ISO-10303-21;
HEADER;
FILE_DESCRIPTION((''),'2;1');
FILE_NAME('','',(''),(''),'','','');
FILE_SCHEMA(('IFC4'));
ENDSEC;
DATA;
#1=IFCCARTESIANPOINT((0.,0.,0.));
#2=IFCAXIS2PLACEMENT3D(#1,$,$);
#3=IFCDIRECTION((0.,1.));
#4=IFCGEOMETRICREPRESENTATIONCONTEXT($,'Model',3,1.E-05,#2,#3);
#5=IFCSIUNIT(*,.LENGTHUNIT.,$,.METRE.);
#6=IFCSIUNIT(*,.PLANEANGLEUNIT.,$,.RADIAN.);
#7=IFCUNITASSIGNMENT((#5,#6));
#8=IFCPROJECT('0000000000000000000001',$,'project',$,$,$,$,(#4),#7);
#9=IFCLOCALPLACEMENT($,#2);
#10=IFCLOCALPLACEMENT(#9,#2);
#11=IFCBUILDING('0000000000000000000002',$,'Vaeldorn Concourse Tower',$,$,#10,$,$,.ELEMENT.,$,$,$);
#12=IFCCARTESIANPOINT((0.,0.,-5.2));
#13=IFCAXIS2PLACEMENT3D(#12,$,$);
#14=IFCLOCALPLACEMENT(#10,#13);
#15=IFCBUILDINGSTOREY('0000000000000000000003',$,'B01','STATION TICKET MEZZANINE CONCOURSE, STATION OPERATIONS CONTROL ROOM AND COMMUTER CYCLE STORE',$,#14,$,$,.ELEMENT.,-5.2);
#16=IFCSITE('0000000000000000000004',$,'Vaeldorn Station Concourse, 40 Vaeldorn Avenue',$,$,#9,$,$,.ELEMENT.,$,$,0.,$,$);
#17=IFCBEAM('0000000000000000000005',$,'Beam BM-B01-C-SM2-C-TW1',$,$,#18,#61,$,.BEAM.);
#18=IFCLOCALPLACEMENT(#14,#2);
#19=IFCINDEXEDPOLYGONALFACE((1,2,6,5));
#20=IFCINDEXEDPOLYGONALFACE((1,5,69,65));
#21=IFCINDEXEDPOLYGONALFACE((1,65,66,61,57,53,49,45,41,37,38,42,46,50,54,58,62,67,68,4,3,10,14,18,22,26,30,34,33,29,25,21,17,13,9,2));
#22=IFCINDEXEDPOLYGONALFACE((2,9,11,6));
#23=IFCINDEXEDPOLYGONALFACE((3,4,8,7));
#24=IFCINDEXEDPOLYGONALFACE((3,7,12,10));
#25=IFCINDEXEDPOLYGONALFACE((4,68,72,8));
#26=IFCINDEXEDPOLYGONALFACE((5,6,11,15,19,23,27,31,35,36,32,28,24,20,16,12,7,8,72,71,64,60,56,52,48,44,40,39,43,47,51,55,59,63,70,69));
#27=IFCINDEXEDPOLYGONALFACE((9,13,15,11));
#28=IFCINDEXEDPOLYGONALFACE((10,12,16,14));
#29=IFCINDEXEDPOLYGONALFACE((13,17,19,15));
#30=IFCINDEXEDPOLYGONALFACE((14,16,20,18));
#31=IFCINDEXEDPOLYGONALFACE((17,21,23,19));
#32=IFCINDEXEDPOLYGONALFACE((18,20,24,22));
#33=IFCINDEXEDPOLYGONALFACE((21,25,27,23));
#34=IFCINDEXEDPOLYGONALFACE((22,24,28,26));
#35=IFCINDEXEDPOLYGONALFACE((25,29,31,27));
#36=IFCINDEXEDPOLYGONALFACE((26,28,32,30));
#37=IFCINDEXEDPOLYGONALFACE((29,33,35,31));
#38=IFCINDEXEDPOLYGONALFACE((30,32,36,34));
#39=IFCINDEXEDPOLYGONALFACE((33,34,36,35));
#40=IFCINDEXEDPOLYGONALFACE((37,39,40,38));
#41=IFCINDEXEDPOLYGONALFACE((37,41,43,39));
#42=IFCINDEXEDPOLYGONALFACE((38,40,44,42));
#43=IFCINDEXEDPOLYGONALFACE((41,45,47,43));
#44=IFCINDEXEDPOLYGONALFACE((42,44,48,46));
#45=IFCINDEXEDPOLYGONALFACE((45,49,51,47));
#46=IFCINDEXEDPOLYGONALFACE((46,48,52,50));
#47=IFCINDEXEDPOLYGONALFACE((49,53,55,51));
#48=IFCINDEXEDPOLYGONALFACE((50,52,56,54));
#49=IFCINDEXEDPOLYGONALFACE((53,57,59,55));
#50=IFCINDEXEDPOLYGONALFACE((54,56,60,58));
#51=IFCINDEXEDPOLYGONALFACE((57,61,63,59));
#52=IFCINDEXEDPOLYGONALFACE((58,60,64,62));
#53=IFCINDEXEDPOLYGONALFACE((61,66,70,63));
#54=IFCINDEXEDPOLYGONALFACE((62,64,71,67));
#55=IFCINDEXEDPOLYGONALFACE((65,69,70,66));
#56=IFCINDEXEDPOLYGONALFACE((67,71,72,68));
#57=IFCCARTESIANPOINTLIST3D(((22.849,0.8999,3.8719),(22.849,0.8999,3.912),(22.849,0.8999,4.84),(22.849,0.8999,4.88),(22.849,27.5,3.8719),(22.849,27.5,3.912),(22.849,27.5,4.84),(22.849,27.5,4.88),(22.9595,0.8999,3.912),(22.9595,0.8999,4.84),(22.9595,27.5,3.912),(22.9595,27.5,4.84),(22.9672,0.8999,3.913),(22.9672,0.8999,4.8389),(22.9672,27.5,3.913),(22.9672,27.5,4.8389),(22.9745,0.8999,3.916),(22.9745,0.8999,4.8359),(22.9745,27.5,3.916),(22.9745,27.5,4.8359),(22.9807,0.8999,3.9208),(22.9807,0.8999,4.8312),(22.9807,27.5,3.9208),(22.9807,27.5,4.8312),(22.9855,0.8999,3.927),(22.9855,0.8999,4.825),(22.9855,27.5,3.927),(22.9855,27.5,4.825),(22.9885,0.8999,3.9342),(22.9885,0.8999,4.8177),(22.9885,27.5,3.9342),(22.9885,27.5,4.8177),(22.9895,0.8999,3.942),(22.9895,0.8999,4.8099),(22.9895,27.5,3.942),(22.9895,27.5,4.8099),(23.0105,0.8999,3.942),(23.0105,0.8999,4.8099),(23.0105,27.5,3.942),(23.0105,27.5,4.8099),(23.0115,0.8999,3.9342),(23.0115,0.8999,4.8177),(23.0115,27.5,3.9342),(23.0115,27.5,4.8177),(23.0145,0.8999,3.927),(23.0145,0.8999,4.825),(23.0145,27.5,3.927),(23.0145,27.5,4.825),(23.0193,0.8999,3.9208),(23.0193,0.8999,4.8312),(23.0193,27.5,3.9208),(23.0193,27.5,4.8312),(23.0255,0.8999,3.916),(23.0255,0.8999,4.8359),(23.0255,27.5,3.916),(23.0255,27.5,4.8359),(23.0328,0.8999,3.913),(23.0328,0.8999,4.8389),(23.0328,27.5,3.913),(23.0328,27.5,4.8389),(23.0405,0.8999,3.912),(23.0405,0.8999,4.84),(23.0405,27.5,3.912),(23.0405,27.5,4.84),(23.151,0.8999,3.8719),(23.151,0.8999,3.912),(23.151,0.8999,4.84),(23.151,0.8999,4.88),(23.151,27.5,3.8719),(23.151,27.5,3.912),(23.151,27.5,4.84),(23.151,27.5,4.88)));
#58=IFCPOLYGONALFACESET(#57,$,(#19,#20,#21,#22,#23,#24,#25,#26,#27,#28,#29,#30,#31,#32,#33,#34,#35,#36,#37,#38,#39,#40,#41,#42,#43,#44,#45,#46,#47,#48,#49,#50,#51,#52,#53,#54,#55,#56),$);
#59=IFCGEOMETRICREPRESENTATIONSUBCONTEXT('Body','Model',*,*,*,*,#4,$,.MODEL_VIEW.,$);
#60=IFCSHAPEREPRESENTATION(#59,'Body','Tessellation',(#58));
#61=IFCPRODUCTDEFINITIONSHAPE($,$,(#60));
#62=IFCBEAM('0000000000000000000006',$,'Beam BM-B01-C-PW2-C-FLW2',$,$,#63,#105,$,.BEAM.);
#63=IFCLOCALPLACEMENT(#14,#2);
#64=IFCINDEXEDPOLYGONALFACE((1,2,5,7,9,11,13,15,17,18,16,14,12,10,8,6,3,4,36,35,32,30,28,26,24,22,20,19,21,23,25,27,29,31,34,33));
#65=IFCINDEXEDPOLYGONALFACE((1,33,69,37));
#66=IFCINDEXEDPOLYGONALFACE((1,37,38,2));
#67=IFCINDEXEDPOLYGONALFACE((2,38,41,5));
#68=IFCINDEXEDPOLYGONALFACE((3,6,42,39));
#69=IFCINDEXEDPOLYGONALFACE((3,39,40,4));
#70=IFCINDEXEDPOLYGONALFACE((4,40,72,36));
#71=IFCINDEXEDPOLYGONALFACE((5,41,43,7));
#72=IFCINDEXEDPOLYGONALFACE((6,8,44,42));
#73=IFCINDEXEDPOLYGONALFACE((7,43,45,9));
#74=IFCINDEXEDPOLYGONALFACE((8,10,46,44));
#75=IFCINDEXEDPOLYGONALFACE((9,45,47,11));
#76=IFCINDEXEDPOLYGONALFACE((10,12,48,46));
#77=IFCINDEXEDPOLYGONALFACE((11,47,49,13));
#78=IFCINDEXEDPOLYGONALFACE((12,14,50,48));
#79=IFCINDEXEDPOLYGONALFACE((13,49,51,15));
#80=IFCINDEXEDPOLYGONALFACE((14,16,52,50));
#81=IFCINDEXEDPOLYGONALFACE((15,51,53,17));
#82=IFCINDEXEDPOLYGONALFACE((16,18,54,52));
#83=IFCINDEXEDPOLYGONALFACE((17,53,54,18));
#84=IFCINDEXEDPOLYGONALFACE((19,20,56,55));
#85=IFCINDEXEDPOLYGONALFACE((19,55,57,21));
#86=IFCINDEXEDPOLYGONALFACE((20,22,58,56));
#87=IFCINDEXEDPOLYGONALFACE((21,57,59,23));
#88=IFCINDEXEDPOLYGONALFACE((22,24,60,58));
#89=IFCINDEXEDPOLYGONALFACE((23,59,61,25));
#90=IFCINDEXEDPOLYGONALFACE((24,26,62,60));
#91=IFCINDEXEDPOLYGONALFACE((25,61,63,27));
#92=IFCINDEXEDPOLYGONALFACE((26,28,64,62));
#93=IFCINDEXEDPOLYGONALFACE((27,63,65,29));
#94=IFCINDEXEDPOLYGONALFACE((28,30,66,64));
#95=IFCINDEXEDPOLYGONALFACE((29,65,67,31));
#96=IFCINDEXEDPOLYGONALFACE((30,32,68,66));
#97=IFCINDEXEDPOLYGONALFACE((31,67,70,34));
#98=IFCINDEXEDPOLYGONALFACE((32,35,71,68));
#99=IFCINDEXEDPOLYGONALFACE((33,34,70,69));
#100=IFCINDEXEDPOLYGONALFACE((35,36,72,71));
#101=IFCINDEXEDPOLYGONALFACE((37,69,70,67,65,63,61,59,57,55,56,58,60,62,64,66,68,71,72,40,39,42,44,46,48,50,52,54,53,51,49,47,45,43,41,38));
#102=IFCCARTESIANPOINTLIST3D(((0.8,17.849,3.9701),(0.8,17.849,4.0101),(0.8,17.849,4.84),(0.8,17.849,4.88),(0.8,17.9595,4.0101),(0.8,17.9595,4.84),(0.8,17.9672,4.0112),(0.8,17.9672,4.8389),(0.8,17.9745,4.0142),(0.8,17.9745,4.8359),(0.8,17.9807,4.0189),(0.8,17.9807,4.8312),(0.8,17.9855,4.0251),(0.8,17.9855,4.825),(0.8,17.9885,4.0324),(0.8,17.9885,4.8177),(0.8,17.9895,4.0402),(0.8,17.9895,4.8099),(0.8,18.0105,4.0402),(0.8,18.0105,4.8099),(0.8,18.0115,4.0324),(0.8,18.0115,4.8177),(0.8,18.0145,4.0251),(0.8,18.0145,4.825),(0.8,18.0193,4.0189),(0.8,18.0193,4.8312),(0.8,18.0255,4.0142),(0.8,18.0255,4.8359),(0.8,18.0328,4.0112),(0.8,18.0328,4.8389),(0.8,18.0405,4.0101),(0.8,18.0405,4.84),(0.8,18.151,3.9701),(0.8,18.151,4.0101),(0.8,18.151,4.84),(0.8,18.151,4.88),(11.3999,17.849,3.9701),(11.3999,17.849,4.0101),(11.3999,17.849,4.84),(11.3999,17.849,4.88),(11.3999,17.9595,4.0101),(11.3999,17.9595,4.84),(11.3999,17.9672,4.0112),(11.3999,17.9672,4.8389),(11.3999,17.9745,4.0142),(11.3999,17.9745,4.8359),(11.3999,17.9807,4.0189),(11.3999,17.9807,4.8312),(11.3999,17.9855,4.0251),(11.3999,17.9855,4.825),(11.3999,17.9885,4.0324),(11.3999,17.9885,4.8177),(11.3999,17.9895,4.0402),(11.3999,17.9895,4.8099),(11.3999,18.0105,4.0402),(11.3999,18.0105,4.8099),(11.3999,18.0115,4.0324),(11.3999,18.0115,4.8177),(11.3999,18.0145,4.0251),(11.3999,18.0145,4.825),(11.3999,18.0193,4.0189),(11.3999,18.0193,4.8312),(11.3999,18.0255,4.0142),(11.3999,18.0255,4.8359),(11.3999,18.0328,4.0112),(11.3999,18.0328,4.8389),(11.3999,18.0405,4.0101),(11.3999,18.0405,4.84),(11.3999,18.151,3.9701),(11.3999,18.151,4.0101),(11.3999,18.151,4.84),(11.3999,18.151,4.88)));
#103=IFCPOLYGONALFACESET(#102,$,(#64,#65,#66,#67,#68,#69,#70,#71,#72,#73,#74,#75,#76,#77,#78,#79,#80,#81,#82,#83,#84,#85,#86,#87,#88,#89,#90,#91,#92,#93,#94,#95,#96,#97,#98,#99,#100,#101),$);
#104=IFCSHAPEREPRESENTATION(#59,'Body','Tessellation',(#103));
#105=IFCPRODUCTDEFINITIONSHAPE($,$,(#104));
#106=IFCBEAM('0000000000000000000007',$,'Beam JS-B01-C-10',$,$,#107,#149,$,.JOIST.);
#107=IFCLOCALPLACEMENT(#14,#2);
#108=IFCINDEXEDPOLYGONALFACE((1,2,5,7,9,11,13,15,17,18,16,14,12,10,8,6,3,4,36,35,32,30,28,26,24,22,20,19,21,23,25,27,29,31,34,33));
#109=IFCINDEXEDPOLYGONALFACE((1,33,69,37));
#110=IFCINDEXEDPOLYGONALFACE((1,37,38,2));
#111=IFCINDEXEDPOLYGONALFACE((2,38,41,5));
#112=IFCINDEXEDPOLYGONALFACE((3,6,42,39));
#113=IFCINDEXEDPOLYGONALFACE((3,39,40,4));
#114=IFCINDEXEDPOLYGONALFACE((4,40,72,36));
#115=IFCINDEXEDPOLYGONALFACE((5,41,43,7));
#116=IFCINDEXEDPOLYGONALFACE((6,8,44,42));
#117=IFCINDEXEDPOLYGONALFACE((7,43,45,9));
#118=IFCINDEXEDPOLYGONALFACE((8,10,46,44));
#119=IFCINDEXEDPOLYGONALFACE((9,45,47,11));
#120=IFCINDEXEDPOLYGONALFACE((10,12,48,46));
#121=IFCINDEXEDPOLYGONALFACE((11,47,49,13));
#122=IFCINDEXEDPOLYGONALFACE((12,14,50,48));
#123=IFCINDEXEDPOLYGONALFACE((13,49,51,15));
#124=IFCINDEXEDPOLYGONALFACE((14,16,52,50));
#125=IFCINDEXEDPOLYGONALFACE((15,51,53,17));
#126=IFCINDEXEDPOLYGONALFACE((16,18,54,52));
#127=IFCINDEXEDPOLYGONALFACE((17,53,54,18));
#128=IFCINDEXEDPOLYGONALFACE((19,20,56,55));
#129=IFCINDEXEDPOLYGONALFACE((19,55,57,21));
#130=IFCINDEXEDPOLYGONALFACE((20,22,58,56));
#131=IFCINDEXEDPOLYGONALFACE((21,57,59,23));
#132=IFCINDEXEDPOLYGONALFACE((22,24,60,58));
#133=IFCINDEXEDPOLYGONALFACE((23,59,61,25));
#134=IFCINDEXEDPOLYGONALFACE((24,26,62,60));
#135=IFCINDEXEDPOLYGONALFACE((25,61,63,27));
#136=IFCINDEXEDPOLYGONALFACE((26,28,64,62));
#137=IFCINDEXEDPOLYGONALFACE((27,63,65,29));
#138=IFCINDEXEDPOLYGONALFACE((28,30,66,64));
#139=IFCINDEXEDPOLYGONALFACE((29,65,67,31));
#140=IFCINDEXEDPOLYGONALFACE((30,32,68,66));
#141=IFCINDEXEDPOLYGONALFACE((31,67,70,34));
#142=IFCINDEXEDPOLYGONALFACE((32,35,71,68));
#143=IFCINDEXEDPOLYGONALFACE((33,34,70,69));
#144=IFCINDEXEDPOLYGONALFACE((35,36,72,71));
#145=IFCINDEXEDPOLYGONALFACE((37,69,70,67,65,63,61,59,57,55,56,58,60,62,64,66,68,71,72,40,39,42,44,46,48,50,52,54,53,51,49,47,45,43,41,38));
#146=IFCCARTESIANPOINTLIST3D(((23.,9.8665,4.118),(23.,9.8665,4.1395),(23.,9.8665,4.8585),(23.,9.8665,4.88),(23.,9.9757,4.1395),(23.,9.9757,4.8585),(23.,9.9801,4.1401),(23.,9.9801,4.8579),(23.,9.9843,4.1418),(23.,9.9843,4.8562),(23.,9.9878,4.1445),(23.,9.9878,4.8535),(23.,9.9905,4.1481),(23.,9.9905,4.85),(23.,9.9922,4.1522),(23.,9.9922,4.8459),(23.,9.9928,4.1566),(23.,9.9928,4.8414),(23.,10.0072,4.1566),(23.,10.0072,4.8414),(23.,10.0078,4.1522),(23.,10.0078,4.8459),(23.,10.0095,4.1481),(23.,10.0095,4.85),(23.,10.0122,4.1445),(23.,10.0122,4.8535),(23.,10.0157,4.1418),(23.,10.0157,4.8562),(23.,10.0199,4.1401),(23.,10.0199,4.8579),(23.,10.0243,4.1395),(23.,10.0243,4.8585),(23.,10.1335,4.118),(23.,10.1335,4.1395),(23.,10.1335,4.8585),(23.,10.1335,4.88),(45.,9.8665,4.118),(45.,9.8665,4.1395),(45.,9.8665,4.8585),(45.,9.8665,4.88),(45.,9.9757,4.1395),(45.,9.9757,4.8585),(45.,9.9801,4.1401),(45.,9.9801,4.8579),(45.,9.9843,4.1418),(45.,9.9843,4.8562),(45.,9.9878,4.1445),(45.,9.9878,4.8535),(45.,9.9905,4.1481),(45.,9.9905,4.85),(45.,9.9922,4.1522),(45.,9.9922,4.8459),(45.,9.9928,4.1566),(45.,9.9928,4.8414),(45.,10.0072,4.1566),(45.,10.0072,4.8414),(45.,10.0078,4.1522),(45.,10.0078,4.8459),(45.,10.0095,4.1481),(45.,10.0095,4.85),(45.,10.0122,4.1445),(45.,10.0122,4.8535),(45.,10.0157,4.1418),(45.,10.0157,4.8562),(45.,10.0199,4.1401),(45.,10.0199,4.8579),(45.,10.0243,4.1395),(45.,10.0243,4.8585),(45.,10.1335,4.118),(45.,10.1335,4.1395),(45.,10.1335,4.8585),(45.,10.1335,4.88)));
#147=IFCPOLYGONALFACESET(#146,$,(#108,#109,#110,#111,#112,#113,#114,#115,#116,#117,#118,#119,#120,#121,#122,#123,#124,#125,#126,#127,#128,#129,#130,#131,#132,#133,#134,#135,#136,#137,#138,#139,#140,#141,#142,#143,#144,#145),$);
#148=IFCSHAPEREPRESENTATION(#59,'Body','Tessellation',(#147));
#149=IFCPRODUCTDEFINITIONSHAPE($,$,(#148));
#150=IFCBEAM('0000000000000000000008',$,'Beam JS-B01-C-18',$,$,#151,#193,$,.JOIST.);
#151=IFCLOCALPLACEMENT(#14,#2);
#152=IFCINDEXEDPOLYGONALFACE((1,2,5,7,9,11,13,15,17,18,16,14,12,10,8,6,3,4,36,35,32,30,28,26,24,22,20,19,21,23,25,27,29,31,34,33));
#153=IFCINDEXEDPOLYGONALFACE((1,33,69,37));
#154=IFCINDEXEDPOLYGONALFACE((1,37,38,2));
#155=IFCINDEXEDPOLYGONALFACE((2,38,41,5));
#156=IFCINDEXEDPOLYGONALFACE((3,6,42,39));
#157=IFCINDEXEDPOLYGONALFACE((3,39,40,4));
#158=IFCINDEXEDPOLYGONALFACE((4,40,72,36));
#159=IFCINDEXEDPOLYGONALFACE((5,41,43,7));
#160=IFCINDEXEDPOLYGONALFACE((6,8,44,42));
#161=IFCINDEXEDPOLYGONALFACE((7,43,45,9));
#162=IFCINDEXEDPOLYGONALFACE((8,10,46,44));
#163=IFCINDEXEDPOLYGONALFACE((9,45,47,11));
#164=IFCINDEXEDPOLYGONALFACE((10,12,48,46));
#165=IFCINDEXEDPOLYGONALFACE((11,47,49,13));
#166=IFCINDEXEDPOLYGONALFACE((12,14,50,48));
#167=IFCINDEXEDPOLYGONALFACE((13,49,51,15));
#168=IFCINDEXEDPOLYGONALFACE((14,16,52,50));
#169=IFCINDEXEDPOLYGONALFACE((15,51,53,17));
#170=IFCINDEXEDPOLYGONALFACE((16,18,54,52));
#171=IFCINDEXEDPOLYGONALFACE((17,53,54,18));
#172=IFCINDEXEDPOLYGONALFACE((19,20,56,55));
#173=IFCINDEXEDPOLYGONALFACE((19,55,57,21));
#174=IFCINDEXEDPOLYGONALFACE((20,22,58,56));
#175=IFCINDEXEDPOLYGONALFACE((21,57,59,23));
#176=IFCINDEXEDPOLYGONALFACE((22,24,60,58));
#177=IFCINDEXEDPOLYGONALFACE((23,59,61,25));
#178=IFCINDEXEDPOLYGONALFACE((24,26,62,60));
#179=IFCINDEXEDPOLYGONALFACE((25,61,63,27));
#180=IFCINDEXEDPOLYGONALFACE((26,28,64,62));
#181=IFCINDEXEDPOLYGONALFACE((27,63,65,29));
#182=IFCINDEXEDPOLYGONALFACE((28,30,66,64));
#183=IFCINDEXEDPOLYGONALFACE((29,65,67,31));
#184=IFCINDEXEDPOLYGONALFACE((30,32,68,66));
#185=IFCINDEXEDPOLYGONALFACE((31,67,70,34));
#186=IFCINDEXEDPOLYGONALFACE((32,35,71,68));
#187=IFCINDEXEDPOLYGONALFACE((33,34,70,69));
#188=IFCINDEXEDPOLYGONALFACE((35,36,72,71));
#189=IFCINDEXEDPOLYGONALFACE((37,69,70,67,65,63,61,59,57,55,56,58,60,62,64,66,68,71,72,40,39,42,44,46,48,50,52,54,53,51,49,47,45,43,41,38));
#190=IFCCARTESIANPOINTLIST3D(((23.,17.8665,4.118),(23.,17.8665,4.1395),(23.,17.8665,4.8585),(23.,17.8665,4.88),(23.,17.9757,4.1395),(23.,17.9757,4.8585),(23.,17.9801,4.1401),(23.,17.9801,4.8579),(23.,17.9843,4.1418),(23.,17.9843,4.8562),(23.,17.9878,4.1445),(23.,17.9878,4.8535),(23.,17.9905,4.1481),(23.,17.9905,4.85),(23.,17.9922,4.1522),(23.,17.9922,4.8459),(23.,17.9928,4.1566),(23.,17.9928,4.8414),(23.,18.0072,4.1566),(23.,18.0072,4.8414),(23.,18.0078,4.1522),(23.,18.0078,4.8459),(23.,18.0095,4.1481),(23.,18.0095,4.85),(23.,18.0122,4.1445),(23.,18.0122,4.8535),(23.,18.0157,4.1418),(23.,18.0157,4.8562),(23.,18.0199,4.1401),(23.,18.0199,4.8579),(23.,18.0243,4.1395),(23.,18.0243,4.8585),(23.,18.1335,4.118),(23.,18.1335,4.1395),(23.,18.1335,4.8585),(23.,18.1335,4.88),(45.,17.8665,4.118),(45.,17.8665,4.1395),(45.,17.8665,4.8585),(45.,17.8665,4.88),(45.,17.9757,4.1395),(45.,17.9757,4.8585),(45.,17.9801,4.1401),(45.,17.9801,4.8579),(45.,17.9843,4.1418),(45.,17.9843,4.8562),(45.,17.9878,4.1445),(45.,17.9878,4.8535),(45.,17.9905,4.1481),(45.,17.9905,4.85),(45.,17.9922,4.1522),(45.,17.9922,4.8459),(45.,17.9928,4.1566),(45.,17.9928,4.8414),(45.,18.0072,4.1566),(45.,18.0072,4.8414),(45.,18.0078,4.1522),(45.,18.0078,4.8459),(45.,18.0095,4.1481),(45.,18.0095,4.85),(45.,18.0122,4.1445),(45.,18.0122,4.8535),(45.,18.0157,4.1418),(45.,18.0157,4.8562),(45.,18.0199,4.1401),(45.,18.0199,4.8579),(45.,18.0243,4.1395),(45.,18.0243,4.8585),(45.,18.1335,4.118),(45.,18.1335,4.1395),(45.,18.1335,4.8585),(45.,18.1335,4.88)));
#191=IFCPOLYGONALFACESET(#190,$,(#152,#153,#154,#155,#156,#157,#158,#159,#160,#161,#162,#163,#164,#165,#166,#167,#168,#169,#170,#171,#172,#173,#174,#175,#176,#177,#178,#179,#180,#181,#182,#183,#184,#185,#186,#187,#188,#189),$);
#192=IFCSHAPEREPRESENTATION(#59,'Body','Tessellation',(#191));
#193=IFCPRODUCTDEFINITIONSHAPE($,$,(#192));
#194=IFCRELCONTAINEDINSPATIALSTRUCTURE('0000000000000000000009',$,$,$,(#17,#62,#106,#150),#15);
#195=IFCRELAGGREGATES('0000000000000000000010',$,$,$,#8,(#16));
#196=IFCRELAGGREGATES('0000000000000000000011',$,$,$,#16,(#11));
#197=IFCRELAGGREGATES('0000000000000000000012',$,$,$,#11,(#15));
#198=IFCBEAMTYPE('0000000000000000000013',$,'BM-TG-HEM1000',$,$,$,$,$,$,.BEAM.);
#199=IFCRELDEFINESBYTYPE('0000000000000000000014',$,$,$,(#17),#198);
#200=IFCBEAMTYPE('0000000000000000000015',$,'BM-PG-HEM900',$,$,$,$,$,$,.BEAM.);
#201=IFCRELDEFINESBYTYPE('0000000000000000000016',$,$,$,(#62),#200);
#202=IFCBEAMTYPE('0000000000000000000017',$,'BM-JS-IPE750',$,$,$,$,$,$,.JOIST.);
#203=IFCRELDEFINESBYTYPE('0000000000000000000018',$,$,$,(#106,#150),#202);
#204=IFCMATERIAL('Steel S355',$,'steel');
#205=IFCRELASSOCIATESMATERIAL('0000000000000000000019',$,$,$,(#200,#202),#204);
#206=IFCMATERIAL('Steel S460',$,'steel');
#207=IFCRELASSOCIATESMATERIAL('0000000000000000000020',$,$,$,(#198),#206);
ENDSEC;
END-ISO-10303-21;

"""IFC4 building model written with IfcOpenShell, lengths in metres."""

from ifc_helpers import new_model, si_unit, direction, frame, origin, origin_2d, place, context, subcontext, project, spatial, i_section, extrude, source, transform, mapped, material, material_profile, profile_set, type_object, element, save


model = new_model("IFC4")

# Units and contexts
model_context = context("Model", 3, precision=1e-05, world=origin(), true_north=direction((0.0, 1.0)))
body_context = subcontext(model_context, "Body", "Model", "MODEL_VIEW")
ifc_project = project(units=[si_unit("LENGTHUNIT", "METRE"), si_unit("PLANEANGLEUNIT", "RADIAN")], contexts=[model_context])

# Site, building, storey
site_placement = place(None, origin())
site = spatial("IfcSite", under=ifc_project, at=site_placement, Name="Vaeldorn Station Concourse, 40 Vaeldorn Avenue", CompositionType="ELEMENT", RefElevation=0.0)
building_placement = place(site_placement, origin())
building = spatial("IfcBuilding", under=site, at=building_placement, Name="Vaeldorn Concourse Tower", CompositionType="ELEMENT")
storey_placement = place(building_placement, frame((0.0, 0.0, -5.2)))
storey = spatial("IfcBuildingStorey", under=building, at=storey_placement, Name="B01", Description="STATION TICKET MEZZANINE CONCOURSE, STATION OPERATIONS CONTROL ROOM AND COMMUTER CYCLE STORE", CompositionType="ELEMENT", Elevation=-5.2)

# Shared definitions
ifc_material_1 = material(Name="Steel S460", Category="steel")

# Beams
ifc_material_2 = material(Name="Steel S355", Category="steel")
ifc_material_profile_1 = material_profile(ifc_material_2, i_section(OverallWidth=0.302, OverallDepth=0.9099, WebThickness=0.021, FlangeThickness=0.04, FilletRadius=0.03, at=origin_2d()), Name="HEM 900")
ifc_profile_set_1 = profile_set([ifc_material_profile_1], Name="Steel S355")
beam_type_1 = type_object("IfcBeamType", Name="BM-PG-HEM900", PredefinedType="BEAM", material=ifc_profile_set_1)
ifc_material_profile_2 = material_profile(ifc_material_1, i_section(OverallWidth=0.302, OverallDepth=1.0081, WebThickness=0.021, FlangeThickness=0.04, FilletRadius=0.03, at=origin_2d()), Name="HEM 1000")
ifc_profile_set_2 = profile_set([ifc_material_profile_2], Name="Steel S460")
beam_type_2 = type_object("IfcBeamType", Name="BM-TG-HEM1000", PredefinedType="BEAM", material=ifc_profile_set_2)
shared_shape_1 = source(origin(), body_context, "Body", "SweptSolid", [
    extrude(i_section(OverallWidth=0.302, OverallDepth=1.0081, WebThickness=0.021, FlangeThickness=0.04, FilletRadius=0.03, at=origin_2d()), origin(), (0.0, 0.0, 1.0), 26.6001),
])
beam_1_placement = place(storey_placement, frame((23.0, 0.8999, 4.376), z_axis=(0.0, 1.0, 0.0), x_axis=(-1.0, 0.0, 0.0)))
element("IfcBeam", 1, at=beam_1_placement, inside=storey, type_object=beam_type_2, Name="Beam BM-B01-C-SM2-C-TW1", PredefinedType="BEAM", context=body_context, shape_type="MappedRepresentation", body=[
    mapped(shared_shape_1, transform((0.0, 0.0, 0.0), scale=1.0)),
])
shared_shape_2 = source(origin(), body_context, "Body", "SweptSolid", [
    extrude(i_section(OverallWidth=0.302, OverallDepth=0.9099, WebThickness=0.021, FlangeThickness=0.04, FilletRadius=0.03, at=origin_2d()), origin(), (0.0, 0.0, 1.0), 10.5999),
])
beam_2_placement = place(storey_placement, frame((0.8, 18.0, 4.425), z_axis=(1.0, 0.0, 0.0), x_axis=(0.0, 1.0, 0.0)))
element("IfcBeam", 2, at=beam_2_placement, inside=storey, type_object=beam_type_1, Name="Beam BM-B01-C-PW2-C-FLW2", PredefinedType="BEAM", context=body_context, shape_type="MappedRepresentation", body=[
    mapped(shared_shape_2, transform((0.0, 0.0, 0.0), scale=1.0)),
])
ifc_material_profile_3 = material_profile(ifc_material_2, i_section(OverallWidth=0.2671, OverallDepth=0.762, WebThickness=0.0144, FlangeThickness=0.0215, FilletRadius=0.0171, at=origin_2d()), Name="IPE 750x173")
ifc_profile_set_3 = profile_set([ifc_material_profile_3], Name="Steel S355")
beam_type_3 = type_object("IfcBeamType", Name="BM-JS-IPE750", PredefinedType="JOIST", material=ifc_profile_set_3)
shared_shape_3 = source(origin(), body_context, "Body", "SweptSolid", [
    extrude(i_section(OverallWidth=0.2671, OverallDepth=0.762, WebThickness=0.0144, FlangeThickness=0.0215, FilletRadius=0.0171, at=origin_2d()), origin(), (0.0, 0.0, 1.0), 22.0),
])
for number, where, z_axis, x_axis, name in (
    (3, (23.0, 10.0, 4.499), (1.0, 0.0, 0.0), (0.0, 1.0, 0.0), "Beam JS-B01-C-10"),
    (4, (23.0, 18.0, 4.499), (1.0, 0.0, 0.0), (0.0, 1.0, 0.0), "Beam JS-B01-C-18"),
):
    element("IfcBeam", number, at=place(storey_placement, frame(where, z_axis=z_axis, x_axis=x_axis)), inside=storey, type_object=beam_type_3, Name=name, PredefinedType="JOIST", context=body_context, shape_type="MappedRepresentation", body=[
        mapped(shared_shape_3, transform((0.0, 0.0, 0.0), scale=1.0)),
    ])

save(model, "model.ifc")
